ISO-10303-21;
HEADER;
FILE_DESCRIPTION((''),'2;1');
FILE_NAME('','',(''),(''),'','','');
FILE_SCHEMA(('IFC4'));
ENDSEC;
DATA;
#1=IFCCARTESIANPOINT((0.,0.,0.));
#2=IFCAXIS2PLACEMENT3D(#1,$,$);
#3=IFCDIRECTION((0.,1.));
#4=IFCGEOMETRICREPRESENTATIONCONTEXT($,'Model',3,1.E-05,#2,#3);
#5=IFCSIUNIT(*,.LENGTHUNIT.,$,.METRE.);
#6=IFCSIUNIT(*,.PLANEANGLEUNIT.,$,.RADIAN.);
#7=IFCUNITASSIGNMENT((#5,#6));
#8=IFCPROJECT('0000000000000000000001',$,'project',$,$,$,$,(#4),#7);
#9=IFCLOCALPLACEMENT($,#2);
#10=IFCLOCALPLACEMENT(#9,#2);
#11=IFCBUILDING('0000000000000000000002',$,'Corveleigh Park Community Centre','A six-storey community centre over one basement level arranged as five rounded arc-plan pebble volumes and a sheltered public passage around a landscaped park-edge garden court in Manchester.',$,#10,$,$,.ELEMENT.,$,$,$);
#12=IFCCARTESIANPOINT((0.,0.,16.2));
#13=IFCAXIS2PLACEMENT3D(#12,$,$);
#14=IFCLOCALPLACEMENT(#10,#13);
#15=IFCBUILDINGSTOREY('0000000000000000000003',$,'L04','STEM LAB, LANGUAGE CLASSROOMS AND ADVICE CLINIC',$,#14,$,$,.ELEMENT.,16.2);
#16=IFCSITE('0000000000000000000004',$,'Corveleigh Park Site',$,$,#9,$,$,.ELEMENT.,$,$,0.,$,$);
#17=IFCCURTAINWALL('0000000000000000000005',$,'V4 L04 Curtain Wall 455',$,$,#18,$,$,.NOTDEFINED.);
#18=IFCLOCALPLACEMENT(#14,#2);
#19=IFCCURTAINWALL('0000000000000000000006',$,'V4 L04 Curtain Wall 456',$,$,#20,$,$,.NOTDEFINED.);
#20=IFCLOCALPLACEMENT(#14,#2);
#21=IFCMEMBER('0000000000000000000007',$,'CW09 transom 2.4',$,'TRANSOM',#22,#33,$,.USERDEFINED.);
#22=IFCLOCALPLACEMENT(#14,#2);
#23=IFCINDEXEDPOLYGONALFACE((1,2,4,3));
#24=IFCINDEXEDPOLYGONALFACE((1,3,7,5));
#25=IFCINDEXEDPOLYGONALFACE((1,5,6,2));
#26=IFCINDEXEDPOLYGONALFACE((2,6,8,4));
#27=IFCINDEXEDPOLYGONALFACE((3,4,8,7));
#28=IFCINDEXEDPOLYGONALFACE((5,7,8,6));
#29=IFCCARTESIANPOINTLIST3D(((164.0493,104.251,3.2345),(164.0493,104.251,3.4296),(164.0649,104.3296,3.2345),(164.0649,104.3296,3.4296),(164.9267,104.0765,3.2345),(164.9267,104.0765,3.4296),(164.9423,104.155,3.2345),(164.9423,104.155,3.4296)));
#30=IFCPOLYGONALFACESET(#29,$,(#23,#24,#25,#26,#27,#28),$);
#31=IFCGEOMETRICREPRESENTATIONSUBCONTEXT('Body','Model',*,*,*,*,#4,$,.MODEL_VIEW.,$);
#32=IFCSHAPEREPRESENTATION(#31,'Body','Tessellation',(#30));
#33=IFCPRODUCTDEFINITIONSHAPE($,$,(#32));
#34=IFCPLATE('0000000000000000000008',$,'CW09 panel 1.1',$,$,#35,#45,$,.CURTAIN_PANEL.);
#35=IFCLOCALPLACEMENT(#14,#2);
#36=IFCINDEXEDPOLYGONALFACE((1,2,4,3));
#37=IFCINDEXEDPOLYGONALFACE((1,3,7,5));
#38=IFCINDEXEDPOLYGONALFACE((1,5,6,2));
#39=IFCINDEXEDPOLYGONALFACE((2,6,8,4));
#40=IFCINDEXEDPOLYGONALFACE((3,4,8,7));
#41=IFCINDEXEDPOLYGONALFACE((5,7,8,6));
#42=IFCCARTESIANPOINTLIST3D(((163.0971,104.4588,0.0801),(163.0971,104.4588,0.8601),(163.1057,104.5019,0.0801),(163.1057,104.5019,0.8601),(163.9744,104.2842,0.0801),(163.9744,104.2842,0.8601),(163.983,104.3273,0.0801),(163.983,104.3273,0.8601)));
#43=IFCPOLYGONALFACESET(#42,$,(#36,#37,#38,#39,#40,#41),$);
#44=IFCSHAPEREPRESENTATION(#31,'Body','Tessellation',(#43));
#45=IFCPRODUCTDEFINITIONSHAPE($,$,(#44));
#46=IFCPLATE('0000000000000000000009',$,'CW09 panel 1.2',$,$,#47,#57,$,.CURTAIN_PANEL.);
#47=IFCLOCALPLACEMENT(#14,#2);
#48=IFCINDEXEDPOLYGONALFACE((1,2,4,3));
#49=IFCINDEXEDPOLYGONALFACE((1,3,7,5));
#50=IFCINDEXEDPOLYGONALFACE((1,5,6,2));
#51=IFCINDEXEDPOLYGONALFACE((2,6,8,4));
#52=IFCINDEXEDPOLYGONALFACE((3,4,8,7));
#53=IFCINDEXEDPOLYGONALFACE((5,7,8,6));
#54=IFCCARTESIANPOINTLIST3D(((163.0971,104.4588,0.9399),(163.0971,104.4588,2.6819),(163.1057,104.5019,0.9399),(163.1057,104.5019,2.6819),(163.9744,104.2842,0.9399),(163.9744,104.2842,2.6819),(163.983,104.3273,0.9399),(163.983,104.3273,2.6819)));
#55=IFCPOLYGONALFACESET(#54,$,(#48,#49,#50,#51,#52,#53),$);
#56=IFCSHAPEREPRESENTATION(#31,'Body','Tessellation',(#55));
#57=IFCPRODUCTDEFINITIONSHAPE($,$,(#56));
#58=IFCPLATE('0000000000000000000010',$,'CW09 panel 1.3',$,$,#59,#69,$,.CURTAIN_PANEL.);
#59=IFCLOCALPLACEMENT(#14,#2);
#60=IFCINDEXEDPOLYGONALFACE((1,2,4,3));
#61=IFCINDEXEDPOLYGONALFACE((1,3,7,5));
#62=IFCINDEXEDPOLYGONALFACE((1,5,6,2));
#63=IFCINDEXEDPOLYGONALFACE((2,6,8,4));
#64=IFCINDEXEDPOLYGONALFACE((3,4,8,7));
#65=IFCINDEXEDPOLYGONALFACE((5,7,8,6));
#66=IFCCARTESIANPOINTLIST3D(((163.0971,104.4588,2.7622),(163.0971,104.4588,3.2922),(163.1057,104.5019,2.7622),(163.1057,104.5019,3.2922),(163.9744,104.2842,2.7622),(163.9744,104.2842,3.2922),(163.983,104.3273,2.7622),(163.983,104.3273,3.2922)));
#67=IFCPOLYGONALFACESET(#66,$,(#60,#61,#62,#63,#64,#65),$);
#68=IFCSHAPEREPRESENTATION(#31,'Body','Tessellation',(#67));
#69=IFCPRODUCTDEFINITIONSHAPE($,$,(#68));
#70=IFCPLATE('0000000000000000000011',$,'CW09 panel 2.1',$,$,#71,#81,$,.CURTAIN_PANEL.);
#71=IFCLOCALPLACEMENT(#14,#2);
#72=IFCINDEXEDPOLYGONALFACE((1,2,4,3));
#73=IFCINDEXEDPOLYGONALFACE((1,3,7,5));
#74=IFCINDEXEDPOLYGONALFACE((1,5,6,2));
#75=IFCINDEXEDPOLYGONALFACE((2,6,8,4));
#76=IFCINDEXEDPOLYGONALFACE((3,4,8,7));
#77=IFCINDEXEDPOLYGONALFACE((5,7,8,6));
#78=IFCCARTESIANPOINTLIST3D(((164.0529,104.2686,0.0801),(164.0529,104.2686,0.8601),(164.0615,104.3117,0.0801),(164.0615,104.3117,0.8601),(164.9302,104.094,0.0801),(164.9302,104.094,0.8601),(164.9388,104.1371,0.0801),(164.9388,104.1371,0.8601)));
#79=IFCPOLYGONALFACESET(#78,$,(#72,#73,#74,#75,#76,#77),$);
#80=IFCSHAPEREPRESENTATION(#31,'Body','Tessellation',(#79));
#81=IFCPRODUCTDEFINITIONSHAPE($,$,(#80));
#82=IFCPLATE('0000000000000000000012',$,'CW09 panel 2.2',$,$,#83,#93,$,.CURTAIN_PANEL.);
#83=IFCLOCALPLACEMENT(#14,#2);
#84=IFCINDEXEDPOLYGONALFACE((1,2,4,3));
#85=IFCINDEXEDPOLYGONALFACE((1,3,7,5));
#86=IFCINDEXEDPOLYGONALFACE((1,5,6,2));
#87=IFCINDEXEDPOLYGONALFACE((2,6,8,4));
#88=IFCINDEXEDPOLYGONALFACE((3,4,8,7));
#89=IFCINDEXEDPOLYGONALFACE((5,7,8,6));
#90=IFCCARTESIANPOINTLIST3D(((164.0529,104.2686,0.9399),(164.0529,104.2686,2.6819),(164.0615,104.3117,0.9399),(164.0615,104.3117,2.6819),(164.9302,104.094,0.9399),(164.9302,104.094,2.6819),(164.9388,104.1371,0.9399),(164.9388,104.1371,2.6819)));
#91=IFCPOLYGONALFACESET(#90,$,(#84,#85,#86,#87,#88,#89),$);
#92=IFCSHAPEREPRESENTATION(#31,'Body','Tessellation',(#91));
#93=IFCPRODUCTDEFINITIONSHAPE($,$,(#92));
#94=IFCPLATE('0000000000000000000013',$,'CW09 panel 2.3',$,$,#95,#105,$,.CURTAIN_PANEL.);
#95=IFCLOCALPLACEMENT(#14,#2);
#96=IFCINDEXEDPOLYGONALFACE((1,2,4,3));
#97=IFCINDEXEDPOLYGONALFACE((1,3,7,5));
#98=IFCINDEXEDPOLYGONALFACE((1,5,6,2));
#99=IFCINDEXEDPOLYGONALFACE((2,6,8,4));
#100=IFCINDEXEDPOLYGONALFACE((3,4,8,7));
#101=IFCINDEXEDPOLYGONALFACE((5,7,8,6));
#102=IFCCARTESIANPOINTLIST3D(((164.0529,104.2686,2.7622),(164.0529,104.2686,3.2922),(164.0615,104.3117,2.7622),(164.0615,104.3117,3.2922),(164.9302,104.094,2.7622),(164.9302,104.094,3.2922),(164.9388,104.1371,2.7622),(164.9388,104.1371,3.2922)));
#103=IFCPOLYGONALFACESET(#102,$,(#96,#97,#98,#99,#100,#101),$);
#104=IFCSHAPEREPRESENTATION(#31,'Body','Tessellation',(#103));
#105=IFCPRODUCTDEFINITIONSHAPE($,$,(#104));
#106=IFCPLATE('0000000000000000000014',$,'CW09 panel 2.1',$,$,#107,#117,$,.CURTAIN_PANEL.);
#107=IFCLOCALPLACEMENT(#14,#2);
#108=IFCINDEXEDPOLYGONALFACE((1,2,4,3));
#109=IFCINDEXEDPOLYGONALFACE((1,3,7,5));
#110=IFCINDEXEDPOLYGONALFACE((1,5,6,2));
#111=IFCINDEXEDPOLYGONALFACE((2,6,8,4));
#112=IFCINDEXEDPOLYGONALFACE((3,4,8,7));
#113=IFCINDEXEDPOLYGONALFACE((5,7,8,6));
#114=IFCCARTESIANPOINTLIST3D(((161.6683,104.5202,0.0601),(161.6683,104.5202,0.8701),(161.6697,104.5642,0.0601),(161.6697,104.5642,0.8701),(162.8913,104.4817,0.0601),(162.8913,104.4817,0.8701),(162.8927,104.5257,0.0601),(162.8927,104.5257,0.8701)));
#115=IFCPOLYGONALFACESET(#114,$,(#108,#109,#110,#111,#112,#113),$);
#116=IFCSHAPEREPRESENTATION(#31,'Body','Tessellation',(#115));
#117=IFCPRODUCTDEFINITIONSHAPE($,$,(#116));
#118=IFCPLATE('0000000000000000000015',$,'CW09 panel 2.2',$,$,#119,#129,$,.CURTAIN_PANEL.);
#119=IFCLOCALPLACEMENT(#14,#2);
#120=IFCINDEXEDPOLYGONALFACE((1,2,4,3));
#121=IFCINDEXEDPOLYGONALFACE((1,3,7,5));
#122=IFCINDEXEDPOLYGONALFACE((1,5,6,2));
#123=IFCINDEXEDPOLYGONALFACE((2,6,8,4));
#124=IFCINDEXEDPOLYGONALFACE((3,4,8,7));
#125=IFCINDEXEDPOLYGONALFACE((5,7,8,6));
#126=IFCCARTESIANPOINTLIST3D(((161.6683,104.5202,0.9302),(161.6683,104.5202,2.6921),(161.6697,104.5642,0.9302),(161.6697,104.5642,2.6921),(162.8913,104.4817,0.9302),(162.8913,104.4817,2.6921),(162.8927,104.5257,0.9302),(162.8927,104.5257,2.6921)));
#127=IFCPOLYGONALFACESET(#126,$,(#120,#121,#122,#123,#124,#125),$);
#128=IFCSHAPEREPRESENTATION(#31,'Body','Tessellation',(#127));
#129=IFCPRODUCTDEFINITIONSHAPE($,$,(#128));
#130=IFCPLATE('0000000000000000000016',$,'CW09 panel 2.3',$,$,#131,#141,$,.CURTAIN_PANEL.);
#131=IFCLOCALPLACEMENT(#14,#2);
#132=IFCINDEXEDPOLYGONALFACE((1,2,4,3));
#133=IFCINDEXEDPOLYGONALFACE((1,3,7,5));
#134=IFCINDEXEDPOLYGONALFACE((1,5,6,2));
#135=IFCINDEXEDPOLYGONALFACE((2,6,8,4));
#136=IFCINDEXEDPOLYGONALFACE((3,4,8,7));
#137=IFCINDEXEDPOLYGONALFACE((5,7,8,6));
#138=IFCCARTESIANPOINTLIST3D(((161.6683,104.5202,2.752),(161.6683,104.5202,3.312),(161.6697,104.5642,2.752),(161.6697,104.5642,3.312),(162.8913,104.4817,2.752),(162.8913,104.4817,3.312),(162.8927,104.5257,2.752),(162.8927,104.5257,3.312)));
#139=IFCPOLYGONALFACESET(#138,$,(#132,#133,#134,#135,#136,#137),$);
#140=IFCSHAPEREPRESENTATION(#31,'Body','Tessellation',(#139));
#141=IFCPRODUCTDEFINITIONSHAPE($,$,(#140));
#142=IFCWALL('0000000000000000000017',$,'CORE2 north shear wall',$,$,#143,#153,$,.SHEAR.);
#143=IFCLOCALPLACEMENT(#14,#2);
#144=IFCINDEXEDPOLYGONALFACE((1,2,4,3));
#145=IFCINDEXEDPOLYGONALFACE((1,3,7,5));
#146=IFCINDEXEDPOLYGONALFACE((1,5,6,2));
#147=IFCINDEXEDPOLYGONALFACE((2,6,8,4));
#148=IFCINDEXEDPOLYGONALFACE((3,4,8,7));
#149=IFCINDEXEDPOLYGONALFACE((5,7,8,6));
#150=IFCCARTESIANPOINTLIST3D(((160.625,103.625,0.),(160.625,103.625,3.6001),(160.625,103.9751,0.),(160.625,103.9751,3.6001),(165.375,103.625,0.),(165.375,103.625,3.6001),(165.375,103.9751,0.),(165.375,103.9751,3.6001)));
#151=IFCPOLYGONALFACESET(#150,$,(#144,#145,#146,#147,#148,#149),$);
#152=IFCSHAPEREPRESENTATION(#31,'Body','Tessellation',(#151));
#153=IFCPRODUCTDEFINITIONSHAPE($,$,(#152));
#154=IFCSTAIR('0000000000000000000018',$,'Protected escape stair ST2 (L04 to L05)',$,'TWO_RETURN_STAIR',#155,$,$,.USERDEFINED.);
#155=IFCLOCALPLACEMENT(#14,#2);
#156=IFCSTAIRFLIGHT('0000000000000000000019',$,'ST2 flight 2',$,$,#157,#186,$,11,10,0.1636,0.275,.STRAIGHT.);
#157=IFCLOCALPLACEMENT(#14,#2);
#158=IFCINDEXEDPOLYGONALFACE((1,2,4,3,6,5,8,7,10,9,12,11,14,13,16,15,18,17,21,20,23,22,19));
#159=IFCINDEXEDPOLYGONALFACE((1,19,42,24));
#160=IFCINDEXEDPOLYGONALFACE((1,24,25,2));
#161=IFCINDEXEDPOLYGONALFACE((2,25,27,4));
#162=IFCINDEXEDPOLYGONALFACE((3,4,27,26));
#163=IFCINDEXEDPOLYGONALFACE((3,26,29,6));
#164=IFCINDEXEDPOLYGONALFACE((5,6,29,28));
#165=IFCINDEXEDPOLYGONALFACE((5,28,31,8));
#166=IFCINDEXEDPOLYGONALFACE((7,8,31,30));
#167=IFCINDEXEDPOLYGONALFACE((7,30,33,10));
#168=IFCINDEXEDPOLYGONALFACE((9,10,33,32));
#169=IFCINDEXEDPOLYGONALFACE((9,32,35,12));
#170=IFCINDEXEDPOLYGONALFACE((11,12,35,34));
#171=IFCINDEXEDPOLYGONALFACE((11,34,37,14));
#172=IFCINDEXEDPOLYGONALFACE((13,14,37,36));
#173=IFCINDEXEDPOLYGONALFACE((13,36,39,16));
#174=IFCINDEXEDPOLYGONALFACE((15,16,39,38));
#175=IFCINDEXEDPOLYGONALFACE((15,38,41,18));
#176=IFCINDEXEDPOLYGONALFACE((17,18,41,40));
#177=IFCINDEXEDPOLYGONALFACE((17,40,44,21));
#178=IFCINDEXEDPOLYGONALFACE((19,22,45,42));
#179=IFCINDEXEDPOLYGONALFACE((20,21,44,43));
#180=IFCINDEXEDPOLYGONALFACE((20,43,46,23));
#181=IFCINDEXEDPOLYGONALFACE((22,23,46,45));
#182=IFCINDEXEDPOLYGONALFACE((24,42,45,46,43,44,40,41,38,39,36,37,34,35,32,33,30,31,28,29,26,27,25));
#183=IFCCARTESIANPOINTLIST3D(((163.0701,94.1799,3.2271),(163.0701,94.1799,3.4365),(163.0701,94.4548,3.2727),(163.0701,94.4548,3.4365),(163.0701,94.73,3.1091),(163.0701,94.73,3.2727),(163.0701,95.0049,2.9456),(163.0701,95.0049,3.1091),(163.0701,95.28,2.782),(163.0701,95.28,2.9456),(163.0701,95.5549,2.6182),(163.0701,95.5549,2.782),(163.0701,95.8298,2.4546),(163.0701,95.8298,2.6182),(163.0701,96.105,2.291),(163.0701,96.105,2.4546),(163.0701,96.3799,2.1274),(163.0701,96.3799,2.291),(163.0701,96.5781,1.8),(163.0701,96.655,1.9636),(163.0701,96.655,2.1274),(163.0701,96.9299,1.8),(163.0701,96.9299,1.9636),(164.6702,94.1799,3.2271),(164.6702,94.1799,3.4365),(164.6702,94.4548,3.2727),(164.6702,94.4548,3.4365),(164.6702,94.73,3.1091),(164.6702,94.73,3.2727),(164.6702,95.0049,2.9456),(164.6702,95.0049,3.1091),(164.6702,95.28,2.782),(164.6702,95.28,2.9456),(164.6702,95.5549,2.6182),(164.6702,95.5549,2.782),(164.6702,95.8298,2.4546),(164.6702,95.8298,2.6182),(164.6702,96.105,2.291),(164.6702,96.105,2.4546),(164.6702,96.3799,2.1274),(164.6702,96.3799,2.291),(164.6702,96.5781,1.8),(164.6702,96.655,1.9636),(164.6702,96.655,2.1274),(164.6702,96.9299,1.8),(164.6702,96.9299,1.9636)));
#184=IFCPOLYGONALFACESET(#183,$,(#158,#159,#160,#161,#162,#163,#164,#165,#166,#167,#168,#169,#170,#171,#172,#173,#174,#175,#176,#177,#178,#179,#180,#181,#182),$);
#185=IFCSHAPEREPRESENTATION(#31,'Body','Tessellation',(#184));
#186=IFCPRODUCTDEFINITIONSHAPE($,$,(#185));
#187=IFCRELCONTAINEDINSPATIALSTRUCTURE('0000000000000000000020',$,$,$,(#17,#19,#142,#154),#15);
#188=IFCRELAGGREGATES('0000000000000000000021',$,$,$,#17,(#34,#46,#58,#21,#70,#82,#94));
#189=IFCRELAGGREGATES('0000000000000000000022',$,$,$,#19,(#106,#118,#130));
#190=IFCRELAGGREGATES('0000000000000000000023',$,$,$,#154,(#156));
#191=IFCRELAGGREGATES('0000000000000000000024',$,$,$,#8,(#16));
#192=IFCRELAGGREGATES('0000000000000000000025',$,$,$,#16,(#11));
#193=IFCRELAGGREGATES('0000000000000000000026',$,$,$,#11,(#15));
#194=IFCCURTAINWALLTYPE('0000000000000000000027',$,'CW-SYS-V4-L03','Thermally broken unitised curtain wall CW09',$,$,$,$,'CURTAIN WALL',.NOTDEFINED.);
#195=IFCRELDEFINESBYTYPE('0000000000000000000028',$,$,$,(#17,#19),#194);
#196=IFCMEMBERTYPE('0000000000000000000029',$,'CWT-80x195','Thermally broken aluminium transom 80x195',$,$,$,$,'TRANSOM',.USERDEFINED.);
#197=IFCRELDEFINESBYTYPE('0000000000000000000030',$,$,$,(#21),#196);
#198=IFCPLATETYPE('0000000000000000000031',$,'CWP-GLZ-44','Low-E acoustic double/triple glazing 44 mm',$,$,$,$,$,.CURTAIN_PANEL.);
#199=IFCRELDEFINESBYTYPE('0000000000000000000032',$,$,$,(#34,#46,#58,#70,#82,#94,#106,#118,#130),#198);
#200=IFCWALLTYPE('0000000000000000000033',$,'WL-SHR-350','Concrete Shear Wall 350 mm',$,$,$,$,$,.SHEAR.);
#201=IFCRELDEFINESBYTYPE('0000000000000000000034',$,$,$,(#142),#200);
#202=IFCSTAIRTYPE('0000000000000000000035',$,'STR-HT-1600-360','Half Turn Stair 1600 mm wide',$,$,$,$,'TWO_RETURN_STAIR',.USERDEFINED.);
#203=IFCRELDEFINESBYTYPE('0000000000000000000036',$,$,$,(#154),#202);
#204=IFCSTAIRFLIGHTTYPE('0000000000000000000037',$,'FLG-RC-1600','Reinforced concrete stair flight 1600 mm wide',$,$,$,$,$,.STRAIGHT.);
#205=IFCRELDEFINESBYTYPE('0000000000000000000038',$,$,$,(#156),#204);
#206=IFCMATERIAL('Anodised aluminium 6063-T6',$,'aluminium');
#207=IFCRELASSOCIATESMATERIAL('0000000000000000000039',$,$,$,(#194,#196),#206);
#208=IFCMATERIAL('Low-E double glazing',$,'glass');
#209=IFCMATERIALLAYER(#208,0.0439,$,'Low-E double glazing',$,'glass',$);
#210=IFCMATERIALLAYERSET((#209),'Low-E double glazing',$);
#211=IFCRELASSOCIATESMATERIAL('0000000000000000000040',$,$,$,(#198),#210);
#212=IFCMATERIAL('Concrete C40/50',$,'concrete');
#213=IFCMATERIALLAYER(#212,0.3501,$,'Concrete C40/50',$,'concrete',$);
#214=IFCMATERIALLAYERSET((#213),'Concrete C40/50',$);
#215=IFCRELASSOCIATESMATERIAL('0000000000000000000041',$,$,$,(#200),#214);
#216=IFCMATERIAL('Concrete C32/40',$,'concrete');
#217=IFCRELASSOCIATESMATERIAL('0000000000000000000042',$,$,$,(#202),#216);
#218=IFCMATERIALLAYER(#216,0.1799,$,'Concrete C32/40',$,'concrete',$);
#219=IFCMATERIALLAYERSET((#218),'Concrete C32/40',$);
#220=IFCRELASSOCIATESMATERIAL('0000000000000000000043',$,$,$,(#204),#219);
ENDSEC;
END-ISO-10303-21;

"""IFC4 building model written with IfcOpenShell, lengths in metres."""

from ifc_helpers import new_model, si_unit, direction, frame, frame_2d, origin, origin_2d, place, context, subcontext, project, spatial, polyline, rectangle, outline, extrude, material, layer, layer_set, material_profile, profile_set, type_object, element, aggregate, save


model = new_model("IFC4")

# Units and contexts
model_context = context("Model", 3, precision=1e-05, world=origin(), true_north=direction((0.0, 1.0)))
body_context = subcontext(model_context, "Body", "Model", "MODEL_VIEW")
ifc_project = project(units=[si_unit("LENGTHUNIT", "METRE"), si_unit("PLANEANGLEUNIT", "RADIAN")], contexts=[model_context])

# Site, building, storey
site_placement = place(None, origin())
site = spatial("IfcSite", under=ifc_project, at=site_placement, Name="Corveleigh Park Site", CompositionType="ELEMENT", RefElevation=0.0)
building_placement = place(site_placement, origin())
building = spatial("IfcBuilding", under=site, at=building_placement, Name="Corveleigh Park Community Centre", Description="A six-storey community centre over one basement level arranged as five rounded arc-plan pebble volumes and a sheltered public passage around a landscaped park-edge garden court in Manchester.", CompositionType="ELEMENT")
storey_placement = place(building_placement, frame((0.0, 0.0, 16.2)))
storey = spatial("IfcBuildingStorey", under=building, at=storey_placement, Name="L04", Description="STEM LAB, LANGUAGE CLASSROOMS AND ADVICE CLINIC", CompositionType="ELEMENT", Elevation=16.2)

# Curtain walls
ifc_material_1 = material(Name="Anodised aluminium 6063-T6", Category="aluminium")
curtain_wall_type = type_object("IfcCurtainWallType", Name="CW-SYS-V4-L03", Description="Thermally broken unitised curtain wall CW09", ElementType="CURTAIN WALL", PredefinedType="NOTDEFINED", material=ifc_material_1)
curtain_wall_1_placement = place(storey_placement, origin())
curtain_wall_1 = element("IfcCurtainWall", 1, at=curtain_wall_1_placement, inside=storey, type_object=curtain_wall_type, Name="V4 L04 Curtain Wall 455", PredefinedType="NOTDEFINED")
curtain_wall_2_placement = place(storey_placement, origin())
curtain_wall_2 = element("IfcCurtainWall", 2, at=curtain_wall_2_placement, inside=storey, type_object=curtain_wall_type, Name="V4 L04 Curtain Wall 456", PredefinedType="NOTDEFINED")

# Member
ifc_material_profile_1 = material_profile(ifc_material_1, rectangle(XDim=0.0801, YDim=0.1951, at=origin_2d()), Name="ALU-T80x195", Category="aluminium")
ifc_profile_set_1 = profile_set([ifc_material_profile_1], Name="Anodised aluminium 6063-T6")
member_type_1 = type_object("IfcMemberType", Name="CWT-80x195", Description="Thermally broken aluminium transom 80x195", ElementType="TRANSOM", PredefinedType="USERDEFINED", material=ifc_profile_set_1)
member_1_placement = place(storey_placement, frame((164.0571, 104.2903, 3.332), z_axis=(0.98078, -0.195119, 0.0), x_axis=(0.195119, 0.98078, 0.0)))
member_1 = element("IfcMember", 3, at=member_1_placement, type_object=member_type_1, Name="CW09 transom 2.4", ObjectType="TRANSOM", PredefinedType="USERDEFINED", context=body_context, shape_type="SweptSolid", body=[
    extrude(rectangle(XDim=0.0801, YDim=0.1951, at=origin_2d()), origin(), (0.0, 0.0, 1.0), 0.8945),
])

# Plates
ifc_material_2 = material(Name="Low-E double glazing", Category="glass")
ifc_layer_1 = layer(ifc_material_2, 0.0439, Name="Low-E double glazing", Category="glass")
ifc_layer_set_1 = layer_set([ifc_layer_1], Name="Low-E double glazing")
plate_type = type_object("IfcPlateType", Name="CWP-GLZ-44", Description="Low-E acoustic double/triple glazing 44 mm", PredefinedType="CURTAIN_PANEL", material=ifc_layer_set_1)
plate_1_placement = place(storey_placement, frame((163.54, 104.3931, 0.0801), z_axis=(0.0, 0.0, 1.0), x_axis=(0.98077, -0.195168, 0.0)))
plate_1 = element("IfcPlate", 4, at=plate_1_placement, type_object=plate_type, Name="CW09 panel 1.1", PredefinedType="CURTAIN_PANEL", context=body_context, shape_type="SweptSolid", body=[
    extrude(rectangle(XDim=0.8945, YDim=0.0439, at=origin_2d()), origin(), (0.0, 0.0, 1.0), 0.78),
])
plate_2_placement = place(storey_placement, frame((163.54, 104.3931, 0.9399), z_axis=(0.0, 0.0, 1.0), x_axis=(0.98077, -0.195168, 0.0)))
plate_2 = element("IfcPlate", 5, at=plate_2_placement, type_object=plate_type, Name="CW09 panel 1.2", PredefinedType="CURTAIN_PANEL", context=body_context, shape_type="SweptSolid", body=[
    extrude(rectangle(XDim=0.8945, YDim=0.0439, at=origin_2d()), origin(), (0.0, 0.0, 1.0), 1.7419),
])
plate_3_placement = place(storey_placement, frame((163.54, 104.3931, 2.7622), z_axis=(0.0, 0.0, 1.0), x_axis=(0.98077, -0.195168, 0.0)))
plate_3 = element("IfcPlate", 6, at=plate_3_placement, type_object=plate_type, Name="CW09 panel 1.3", PredefinedType="CURTAIN_PANEL", context=body_context, shape_type="SweptSolid", body=[
    extrude(rectangle(XDim=0.8945, YDim=0.0439, at=origin_2d()), origin(), (0.0, 0.0, 1.0), 0.53),
])
plate_4_placement = place(storey_placement, frame((164.4958, 104.2029, 0.0801), z_axis=(0.0, 0.0, 1.0), x_axis=(0.98077, -0.195168, 0.0)))
plate_4 = element("IfcPlate", 7, at=plate_4_placement, type_object=plate_type, Name="CW09 panel 2.1", PredefinedType="CURTAIN_PANEL", context=body_context, shape_type="SweptSolid", body=[
    extrude(rectangle(XDim=0.8945, YDim=0.0439, at=origin_2d()), origin(), (0.0, 0.0, 1.0), 0.78),
])
plate_5_placement = place(storey_placement, frame((164.4958, 104.2029, 0.9399), z_axis=(0.0, 0.0, 1.0), x_axis=(0.98077, -0.195168, 0.0)))
plate_5 = element("IfcPlate", 8, at=plate_5_placement, type_object=plate_type, Name="CW09 panel 2.2", PredefinedType="CURTAIN_PANEL", context=body_context, shape_type="SweptSolid", body=[
    extrude(rectangle(XDim=0.8945, YDim=0.0439, at=origin_2d()), origin(), (0.0, 0.0, 1.0), 1.7419),
])
plate_6_placement = place(storey_placement, frame((164.4958, 104.2029, 2.7622), z_axis=(0.0, 0.0, 1.0), x_axis=(0.98077, -0.195168, 0.0)))
plate_6 = element("IfcPlate", 9, at=plate_6_placement, type_object=plate_type, Name="CW09 panel 2.3", PredefinedType="CURTAIN_PANEL", context=body_context, shape_type="SweptSolid", body=[
    extrude(rectangle(XDim=0.8945, YDim=0.0439, at=origin_2d()), origin(), (0.0, 0.0, 1.0), 0.53),
])
aggregate(curtain_wall_1, [plate_1, plate_2, plate_3, member_1, plate_4, plate_5, plate_6])
plate_7_placement = place(storey_placement, frame((162.2805, 104.5229, 0.0601), z_axis=(0.0, 0.0, 1.0), x_axis=(0.999505, -0.031454, 0.0)))
plate_7 = element("IfcPlate", 10, at=plate_7_placement, type_object=plate_type, Name="CW09 panel 2.1", PredefinedType="CURTAIN_PANEL", context=body_context, shape_type="SweptSolid", body=[
    extrude(rectangle(XDim=1.2236, YDim=0.0439, at=origin_2d()), origin(), (0.0, 0.0, 1.0), 0.8101),
])
plate_8_placement = place(storey_placement, frame((162.2805, 104.5229, 0.9302), z_axis=(0.0, 0.0, 1.0), x_axis=(0.999505, -0.031454, 0.0)))
plate_8 = element("IfcPlate", 11, at=plate_8_placement, type_object=plate_type, Name="CW09 panel 2.2", PredefinedType="CURTAIN_PANEL", context=body_context, shape_type="SweptSolid", body=[
    extrude(rectangle(XDim=1.2236, YDim=0.0439, at=origin_2d()), origin(), (0.0, 0.0, 1.0), 1.762),
])
plate_9_placement = place(storey_placement, frame((162.2805, 104.5229, 2.752), z_axis=(0.0, 0.0, 1.0), x_axis=(0.999505, -0.031454, 0.0)))
plate_9 = element("IfcPlate", 12, at=plate_9_placement, type_object=plate_type, Name="CW09 panel 2.3", PredefinedType="CURTAIN_PANEL", context=body_context, shape_type="SweptSolid", body=[
    extrude(rectangle(XDim=1.2236, YDim=0.0439, at=origin_2d()), origin(), (0.0, 0.0, 1.0), 0.5601),
])
aggregate(curtain_wall_2, [plate_7, plate_8, plate_9])

# Wall
ifc_material_3 = material(Name="Concrete C40/50", Category="concrete")
ifc_layer_2 = layer(ifc_material_3, 0.3501, Name="Concrete C40/50", Category="concrete")
ifc_layer_set_2 = layer_set([ifc_layer_2], Name="Concrete C40/50")
wall_type = type_object("IfcWallType", Name="WL-SHR-350", Description="Concrete Shear Wall 350 mm", PredefinedType="SHEAR", material=ifc_layer_set_2)
wall_placement = place(storey_placement, frame((165.375, 103.8, 0.0), z_axis=(0.0, 0.0, 1.0), x_axis=(-1.0, 0.0, 0.0)))
element("IfcWall", 13, at=wall_placement, inside=storey, type_object=wall_type, Name="CORE2 north shear wall", PredefinedType="SHEAR", context=body_context, shape_type="SweptSolid", body=[
    extrude(rectangle(XDim=4.75, YDim=0.3501, at=frame_2d((2.375, 0.0))), origin(), (0.0, 0.0, 1.0), 3.6001),
])

# Stair, stair flight
ifc_material_4 = material(Name="Concrete C32/40", Category="concrete")
stair_type = type_object("IfcStairType", Name="STR-HT-1600-360", Description="Half Turn Stair 1600 mm wide", ElementType="TWO_RETURN_STAIR", PredefinedType="USERDEFINED", material=ifc_material_4)
stair_placement = place(storey_placement, origin())
stair = element("IfcStair", 14, at=stair_placement, inside=storey, type_object=stair_type, Name="Protected escape stair ST2 (L04 to L05)", ObjectType="TWO_RETURN_STAIR", PredefinedType="USERDEFINED")
ifc_layer_3 = layer(ifc_material_4, 0.1799, Name="Concrete C32/40", Category="concrete")
ifc_layer_set_3 = layer_set([ifc_layer_3], Name="Concrete C32/40")
stair_flight_type = type_object("IfcStairFlightType", Name="FLG-RC-1600", Description="Reinforced concrete stair flight 1600 mm wide", PredefinedType="STRAIGHT", material=ifc_layer_set_3)
stair_flight_placement = place(storey_placement, frame((163.8701, 96.9299, 1.8), z_axis=(0.0, 0.0, 1.0), x_axis=(0.0, -1.0, 0.0)))
stair_flight = element("IfcStairFlight", 15, at=stair_flight_placement, type_object=stair_flight_type, Name="ST2 flight 2", NumberOfRisers=11, NumberOfTreads=10, PredefinedType="STRAIGHT", RiserHeight=0.1636, TreadLength=0.275, context=body_context, shape_type="SweptSolid", body=[
    extrude(outline(polyline([(0.0, 0.0), (0.0, 0.1636), (0.2749, 0.1636), (0.2749, 0.3274), (0.55, 0.3274), (0.55, 0.491), (0.825, 0.491), (0.825, 0.6545), (1.1001, 0.6545), (1.1001, 0.8181), (1.375, 0.8181), (1.375, 0.9819), (1.6499, 0.9819), (1.6499, 1.1455), (1.925, 1.1455), (1.925, 1.3091), (2.2, 1.3091), (2.2, 1.4727), (2.4751, 1.4727), (2.4751, 1.6365), (2.75, 1.6365), (2.75, 1.8), (2.75, 1.427), (0.3518, 0.0), (0.0, 0.0)])), frame((0.0, 0.8, 0.0), z_axis=(0.0, -1.0, 0.0), x_axis=(1.0, 0.0, 0.0)), (0.0, 0.0, 1.0), 1.6001),
])
aggregate(stair, [stair_flight])

save(model, "model.ifc")
